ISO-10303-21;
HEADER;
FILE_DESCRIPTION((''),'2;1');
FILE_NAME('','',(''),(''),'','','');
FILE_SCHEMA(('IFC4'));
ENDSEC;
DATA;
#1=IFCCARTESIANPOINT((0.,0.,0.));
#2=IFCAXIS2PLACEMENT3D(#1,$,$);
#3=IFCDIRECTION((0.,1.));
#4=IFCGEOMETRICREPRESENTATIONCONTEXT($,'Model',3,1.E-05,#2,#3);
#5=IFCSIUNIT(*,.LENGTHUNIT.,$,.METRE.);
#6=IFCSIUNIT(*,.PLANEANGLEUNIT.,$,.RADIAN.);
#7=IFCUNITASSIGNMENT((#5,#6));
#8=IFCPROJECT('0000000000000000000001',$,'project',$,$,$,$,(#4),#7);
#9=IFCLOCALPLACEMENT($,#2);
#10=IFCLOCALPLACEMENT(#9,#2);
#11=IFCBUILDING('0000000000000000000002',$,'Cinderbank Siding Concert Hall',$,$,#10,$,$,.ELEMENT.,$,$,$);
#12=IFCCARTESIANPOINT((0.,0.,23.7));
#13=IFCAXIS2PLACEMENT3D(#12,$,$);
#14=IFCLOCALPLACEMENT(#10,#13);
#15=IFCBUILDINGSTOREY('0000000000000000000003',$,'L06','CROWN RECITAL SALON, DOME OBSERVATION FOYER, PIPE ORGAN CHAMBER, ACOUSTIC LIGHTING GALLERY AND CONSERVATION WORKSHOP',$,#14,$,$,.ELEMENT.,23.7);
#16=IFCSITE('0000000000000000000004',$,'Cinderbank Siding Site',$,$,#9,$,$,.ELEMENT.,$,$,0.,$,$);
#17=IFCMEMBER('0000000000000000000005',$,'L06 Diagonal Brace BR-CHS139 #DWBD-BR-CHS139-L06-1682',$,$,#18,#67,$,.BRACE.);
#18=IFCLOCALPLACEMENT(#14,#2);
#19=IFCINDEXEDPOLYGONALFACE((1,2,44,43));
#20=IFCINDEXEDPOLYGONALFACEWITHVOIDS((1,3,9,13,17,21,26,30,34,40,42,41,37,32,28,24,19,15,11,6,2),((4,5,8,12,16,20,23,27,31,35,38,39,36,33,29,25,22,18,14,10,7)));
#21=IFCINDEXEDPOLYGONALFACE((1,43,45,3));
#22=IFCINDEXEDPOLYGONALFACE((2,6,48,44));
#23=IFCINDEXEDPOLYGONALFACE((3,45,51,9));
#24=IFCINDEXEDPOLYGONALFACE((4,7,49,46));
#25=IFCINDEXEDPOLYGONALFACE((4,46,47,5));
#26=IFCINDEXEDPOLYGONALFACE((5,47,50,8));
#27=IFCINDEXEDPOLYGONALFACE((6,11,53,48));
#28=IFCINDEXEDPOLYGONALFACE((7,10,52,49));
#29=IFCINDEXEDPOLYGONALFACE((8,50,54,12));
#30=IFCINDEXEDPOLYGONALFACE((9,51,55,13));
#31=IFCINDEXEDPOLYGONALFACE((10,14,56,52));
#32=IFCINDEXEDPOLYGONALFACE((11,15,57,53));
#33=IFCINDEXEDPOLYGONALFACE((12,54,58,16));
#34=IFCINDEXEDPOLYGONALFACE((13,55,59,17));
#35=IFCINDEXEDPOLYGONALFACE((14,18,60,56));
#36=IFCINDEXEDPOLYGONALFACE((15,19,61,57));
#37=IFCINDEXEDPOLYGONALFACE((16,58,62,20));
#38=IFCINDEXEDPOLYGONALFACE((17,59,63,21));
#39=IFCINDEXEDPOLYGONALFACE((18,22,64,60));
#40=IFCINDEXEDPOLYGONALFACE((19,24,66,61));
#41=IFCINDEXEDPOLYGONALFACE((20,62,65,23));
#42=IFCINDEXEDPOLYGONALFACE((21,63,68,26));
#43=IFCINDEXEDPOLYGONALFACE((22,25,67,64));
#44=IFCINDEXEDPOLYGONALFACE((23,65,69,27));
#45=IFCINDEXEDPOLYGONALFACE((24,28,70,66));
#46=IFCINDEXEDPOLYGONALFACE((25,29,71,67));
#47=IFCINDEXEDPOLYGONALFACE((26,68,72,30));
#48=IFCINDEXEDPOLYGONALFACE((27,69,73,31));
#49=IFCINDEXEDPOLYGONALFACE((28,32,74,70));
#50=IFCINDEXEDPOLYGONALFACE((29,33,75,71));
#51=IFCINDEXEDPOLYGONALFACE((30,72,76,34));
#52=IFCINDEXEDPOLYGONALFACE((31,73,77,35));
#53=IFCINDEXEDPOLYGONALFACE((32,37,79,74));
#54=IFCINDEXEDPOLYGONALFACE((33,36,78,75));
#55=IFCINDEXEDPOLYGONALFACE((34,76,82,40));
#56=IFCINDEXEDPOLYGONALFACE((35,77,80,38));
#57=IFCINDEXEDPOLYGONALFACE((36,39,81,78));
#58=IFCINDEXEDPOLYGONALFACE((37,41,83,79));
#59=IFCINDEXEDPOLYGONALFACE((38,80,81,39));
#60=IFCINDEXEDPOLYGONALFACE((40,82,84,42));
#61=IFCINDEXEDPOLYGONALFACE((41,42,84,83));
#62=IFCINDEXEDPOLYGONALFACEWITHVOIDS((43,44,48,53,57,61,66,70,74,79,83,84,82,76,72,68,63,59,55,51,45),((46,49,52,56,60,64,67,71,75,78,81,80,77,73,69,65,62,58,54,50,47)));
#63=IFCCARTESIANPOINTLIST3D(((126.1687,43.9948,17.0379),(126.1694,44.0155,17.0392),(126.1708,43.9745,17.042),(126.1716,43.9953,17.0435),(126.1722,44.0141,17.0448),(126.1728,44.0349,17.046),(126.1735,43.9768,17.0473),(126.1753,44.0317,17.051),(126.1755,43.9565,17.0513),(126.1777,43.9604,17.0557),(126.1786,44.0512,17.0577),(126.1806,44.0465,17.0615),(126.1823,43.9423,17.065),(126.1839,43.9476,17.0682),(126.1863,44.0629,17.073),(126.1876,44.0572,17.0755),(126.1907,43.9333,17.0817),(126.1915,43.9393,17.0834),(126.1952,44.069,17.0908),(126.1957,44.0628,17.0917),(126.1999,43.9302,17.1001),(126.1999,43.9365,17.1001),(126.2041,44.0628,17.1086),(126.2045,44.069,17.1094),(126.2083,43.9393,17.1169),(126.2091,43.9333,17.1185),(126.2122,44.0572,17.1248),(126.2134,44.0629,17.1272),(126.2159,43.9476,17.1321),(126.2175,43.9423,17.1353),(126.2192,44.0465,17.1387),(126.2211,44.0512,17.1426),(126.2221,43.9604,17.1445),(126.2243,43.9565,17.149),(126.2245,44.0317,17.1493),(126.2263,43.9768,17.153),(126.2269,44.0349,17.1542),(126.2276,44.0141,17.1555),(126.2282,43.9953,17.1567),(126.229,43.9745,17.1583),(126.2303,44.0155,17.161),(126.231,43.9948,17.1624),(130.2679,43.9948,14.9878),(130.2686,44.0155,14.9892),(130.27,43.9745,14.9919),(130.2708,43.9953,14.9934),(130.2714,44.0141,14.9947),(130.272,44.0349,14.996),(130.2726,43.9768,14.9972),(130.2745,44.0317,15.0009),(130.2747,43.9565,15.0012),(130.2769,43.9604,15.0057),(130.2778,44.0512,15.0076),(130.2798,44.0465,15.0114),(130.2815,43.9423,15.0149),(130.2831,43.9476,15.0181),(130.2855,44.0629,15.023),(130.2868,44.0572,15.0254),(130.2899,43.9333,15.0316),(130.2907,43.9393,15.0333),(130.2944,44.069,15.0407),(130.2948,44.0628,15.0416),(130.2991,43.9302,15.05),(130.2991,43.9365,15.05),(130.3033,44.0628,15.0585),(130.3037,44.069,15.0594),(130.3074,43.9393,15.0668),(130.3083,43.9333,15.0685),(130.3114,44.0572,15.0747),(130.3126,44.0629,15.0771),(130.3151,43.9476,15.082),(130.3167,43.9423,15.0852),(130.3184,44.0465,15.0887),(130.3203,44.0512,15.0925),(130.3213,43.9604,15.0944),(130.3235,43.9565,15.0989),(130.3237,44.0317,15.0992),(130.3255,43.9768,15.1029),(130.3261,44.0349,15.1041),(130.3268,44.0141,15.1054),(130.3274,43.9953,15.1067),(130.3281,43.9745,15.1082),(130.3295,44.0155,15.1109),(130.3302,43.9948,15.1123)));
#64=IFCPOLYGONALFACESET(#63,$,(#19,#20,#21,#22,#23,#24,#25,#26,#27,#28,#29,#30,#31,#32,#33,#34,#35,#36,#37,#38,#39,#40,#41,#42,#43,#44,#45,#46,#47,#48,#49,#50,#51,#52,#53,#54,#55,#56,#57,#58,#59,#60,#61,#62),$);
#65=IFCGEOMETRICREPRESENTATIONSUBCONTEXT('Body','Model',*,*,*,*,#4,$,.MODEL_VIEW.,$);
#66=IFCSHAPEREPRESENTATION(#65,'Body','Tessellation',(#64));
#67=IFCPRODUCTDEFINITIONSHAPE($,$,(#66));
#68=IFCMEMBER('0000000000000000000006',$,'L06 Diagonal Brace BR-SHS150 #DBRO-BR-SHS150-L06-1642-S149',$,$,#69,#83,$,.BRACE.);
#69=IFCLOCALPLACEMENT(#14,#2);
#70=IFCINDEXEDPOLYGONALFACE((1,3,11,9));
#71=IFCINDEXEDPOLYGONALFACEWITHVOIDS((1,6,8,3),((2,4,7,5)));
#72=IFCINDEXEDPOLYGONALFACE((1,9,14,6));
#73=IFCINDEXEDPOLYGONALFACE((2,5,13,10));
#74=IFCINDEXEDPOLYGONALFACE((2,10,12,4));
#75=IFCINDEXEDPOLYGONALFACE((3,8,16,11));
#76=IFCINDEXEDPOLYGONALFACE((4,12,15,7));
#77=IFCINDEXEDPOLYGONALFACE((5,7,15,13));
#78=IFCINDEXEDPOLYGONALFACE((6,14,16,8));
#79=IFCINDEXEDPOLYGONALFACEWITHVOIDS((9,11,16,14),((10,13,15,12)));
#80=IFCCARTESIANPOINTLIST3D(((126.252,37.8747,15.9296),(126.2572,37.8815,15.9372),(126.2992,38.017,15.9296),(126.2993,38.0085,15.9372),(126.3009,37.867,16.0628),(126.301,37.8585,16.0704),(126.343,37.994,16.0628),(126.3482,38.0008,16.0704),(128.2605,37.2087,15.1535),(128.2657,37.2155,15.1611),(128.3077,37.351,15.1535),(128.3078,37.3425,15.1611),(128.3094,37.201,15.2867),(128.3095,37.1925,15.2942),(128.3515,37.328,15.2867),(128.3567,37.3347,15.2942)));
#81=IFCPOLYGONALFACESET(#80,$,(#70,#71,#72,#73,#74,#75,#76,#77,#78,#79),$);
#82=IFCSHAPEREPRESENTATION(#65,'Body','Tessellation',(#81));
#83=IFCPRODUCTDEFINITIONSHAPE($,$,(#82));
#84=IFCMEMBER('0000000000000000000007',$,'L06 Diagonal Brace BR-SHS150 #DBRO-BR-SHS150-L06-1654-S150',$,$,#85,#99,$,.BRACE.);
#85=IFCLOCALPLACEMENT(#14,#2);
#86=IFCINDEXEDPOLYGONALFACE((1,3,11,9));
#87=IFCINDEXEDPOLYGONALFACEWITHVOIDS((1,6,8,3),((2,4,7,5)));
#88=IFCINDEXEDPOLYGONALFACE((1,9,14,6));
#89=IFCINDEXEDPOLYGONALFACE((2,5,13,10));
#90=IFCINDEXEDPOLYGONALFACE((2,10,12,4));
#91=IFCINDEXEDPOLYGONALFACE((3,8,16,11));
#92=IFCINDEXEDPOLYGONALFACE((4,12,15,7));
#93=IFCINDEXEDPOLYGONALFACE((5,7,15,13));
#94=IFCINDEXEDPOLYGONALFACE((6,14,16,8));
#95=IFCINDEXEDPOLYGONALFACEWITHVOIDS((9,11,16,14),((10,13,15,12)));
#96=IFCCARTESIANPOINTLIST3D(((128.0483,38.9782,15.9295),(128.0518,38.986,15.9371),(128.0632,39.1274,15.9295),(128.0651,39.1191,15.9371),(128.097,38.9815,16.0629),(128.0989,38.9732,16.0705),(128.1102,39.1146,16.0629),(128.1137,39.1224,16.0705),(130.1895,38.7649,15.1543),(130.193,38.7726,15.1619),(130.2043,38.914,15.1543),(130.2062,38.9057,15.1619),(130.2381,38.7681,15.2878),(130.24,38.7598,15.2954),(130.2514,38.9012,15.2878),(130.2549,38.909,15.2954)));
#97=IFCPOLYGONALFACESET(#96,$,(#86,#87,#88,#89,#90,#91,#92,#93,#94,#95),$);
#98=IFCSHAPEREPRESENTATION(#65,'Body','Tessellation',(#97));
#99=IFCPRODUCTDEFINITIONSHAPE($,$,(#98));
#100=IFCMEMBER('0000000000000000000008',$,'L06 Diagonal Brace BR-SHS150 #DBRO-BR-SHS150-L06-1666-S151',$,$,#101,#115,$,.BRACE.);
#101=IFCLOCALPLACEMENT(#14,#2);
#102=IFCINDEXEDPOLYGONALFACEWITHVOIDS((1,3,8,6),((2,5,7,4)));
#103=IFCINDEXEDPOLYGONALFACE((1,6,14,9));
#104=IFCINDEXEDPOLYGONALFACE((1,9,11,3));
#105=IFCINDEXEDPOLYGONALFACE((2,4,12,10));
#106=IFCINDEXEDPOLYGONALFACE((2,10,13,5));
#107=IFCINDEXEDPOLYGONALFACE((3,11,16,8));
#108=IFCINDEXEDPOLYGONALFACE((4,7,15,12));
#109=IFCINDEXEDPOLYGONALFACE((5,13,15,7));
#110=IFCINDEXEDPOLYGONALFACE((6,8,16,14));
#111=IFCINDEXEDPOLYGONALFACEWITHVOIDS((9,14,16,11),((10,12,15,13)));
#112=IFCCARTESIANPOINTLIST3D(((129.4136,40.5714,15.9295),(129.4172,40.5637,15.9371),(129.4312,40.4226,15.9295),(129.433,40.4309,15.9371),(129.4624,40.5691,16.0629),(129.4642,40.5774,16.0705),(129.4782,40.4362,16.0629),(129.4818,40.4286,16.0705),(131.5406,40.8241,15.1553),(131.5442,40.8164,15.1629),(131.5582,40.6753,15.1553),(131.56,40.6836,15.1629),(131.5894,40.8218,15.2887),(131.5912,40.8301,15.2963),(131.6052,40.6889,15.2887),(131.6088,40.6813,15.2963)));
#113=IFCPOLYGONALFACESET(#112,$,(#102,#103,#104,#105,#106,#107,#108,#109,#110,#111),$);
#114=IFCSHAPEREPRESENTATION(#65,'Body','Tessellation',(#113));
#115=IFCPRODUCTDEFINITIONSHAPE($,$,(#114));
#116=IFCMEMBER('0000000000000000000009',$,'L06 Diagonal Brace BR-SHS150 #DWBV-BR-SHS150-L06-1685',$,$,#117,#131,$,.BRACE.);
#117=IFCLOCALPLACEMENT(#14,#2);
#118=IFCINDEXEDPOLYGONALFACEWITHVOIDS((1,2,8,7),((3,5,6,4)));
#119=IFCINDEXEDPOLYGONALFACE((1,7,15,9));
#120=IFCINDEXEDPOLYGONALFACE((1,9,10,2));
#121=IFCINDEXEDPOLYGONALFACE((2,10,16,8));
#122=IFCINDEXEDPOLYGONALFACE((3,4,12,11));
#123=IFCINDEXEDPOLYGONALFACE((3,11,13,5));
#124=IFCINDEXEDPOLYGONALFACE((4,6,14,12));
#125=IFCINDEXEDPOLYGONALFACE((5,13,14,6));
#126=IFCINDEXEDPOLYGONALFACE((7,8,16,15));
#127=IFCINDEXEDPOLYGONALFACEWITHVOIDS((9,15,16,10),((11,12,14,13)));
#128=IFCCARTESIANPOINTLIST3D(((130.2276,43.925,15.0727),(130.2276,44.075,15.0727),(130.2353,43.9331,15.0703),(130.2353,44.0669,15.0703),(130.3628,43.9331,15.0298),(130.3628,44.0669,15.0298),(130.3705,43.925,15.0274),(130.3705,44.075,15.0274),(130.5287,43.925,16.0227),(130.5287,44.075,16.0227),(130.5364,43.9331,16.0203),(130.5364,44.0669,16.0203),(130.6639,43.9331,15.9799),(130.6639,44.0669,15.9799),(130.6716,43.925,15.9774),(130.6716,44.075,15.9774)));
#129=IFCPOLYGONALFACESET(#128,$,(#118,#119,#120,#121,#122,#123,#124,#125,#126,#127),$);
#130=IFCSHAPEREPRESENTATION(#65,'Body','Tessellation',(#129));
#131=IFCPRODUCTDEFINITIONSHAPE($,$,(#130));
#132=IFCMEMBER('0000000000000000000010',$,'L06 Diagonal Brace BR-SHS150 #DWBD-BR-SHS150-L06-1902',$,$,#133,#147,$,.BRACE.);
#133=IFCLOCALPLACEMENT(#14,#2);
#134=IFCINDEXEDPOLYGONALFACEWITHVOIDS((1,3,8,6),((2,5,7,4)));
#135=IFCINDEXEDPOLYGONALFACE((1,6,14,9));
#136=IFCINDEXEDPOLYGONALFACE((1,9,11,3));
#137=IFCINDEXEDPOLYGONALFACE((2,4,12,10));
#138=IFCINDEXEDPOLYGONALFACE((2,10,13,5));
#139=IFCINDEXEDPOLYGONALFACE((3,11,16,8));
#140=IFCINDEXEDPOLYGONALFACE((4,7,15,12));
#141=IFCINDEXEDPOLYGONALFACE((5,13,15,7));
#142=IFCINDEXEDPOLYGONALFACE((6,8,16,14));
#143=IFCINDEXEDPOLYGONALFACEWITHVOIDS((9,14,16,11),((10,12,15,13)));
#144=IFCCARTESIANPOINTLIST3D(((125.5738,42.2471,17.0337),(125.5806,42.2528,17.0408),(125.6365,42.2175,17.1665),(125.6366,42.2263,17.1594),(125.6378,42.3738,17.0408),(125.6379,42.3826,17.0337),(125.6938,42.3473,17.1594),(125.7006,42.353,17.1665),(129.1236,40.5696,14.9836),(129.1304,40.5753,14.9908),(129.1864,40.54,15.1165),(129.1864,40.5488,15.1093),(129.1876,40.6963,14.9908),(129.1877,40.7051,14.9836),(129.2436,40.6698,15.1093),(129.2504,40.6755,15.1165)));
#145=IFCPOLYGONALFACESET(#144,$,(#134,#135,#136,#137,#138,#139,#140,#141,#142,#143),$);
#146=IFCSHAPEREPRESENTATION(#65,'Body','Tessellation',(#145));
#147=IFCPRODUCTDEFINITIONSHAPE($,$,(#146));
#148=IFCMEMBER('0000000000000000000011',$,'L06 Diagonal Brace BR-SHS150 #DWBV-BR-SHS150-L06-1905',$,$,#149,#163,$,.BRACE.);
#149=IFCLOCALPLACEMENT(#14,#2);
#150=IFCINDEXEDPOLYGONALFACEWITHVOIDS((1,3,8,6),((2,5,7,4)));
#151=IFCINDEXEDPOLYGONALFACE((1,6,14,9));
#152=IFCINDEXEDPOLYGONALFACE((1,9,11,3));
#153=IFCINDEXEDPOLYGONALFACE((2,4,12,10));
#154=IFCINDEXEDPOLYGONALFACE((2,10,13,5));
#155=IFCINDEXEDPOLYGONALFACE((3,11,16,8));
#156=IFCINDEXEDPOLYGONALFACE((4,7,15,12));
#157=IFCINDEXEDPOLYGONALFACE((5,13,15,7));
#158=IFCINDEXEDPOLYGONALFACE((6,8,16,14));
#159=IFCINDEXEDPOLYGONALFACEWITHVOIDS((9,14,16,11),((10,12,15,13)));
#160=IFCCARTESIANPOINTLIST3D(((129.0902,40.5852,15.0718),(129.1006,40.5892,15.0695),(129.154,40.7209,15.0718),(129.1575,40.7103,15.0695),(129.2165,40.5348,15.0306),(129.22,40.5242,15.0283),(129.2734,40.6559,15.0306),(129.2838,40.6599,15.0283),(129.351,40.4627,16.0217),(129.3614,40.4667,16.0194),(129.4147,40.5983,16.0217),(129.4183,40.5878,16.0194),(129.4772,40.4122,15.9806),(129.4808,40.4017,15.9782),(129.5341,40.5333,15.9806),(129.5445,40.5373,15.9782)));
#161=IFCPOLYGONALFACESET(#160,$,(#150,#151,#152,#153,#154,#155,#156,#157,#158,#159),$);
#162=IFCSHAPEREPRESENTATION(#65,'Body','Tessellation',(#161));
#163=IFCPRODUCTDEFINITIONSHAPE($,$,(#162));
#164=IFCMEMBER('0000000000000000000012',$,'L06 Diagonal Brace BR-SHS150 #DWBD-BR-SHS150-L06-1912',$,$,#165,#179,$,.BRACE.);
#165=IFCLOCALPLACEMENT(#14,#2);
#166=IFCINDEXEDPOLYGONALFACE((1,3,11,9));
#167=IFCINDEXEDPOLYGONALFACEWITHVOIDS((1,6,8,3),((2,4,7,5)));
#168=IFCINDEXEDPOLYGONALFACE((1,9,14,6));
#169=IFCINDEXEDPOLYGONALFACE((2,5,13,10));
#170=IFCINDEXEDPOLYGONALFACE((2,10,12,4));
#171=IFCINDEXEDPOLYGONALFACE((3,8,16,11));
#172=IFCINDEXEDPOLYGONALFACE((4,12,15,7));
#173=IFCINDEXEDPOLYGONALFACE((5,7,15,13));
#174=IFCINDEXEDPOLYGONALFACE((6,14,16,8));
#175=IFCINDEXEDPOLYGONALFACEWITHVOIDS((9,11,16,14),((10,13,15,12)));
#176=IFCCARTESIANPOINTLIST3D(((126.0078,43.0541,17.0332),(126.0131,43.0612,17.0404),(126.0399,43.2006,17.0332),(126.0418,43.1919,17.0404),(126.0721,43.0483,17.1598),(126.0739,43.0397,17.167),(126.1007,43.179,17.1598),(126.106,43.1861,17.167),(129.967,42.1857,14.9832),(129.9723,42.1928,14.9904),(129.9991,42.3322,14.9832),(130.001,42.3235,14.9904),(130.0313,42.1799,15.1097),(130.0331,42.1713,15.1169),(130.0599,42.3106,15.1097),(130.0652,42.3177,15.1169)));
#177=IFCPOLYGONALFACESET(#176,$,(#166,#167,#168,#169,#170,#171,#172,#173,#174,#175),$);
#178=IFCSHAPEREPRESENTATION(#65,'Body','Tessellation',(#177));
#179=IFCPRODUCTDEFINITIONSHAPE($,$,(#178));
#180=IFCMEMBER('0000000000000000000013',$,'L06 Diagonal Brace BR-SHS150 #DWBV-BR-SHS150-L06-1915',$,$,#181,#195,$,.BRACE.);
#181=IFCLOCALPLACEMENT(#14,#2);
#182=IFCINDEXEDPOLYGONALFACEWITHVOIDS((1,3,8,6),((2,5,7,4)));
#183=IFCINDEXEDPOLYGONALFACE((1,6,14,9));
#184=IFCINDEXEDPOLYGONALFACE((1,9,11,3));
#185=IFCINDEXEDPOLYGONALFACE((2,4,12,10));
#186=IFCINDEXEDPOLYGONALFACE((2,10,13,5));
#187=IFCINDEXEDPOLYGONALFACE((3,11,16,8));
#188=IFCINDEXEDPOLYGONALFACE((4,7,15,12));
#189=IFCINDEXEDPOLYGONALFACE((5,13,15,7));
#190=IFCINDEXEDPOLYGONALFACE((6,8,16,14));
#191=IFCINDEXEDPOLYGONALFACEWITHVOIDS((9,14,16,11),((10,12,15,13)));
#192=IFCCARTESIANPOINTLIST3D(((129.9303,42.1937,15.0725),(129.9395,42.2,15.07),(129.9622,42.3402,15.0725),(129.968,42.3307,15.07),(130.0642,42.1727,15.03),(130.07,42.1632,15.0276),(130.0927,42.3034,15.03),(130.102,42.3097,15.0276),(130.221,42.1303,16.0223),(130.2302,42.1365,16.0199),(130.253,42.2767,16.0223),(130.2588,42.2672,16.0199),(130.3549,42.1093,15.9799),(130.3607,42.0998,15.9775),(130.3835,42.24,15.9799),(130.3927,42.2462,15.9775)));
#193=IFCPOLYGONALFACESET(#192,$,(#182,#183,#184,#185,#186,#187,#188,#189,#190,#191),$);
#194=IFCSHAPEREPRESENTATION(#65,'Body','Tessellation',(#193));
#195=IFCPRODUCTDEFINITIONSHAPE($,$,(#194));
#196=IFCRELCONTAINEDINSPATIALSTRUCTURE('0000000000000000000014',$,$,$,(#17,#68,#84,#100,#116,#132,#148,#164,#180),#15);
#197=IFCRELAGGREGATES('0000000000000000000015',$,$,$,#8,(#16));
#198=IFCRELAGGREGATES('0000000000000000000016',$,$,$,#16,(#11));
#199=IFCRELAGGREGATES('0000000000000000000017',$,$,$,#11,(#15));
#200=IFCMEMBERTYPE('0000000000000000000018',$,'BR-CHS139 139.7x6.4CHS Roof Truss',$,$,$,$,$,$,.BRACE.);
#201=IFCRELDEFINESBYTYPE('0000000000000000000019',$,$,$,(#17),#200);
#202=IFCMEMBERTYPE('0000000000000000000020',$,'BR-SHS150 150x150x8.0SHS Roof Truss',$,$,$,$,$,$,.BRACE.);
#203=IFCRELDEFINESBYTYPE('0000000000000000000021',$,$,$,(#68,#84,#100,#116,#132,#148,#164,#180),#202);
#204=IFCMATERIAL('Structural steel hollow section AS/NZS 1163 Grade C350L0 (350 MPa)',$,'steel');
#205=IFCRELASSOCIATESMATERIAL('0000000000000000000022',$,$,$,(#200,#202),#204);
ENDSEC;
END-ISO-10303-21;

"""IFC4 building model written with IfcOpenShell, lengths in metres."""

from ifc_helpers import new_model, si_unit, direction, frame, origin, origin_2d, place, context, subcontext, project, spatial, hollow_rectangle, hollow_circle, extrude, material, material_profile, profile_set, type_object, element, save


model = new_model("IFC4")

# Units and contexts
model_context = context("Model", 3, precision=1e-05, world=origin(), true_north=direction((0.0, 1.0)))
body_context = subcontext(model_context, "Body", "Model", "MODEL_VIEW")
ifc_project = project(units=[si_unit("LENGTHUNIT", "METRE"), si_unit("PLANEANGLEUNIT", "RADIAN")], contexts=[model_context])

# Site, building, storey
site_placement = place(None, origin())
site = spatial("IfcSite", under=ifc_project, at=site_placement, Name="Cinderbank Siding Site", CompositionType="ELEMENT", RefElevation=0.0)
building_placement = place(site_placement, origin())
building = spatial("IfcBuilding", under=site, at=building_placement, Name="Cinderbank Siding Concert Hall", CompositionType="ELEMENT")
storey_placement = place(building_placement, frame((0.0, 0.0, 23.7)))
storey = spatial("IfcBuildingStorey", under=building, at=storey_placement, Name="L06", Description="CROWN RECITAL SALON, DOME OBSERVATION FOYER, PIPE ORGAN CHAMBER, ACOUSTIC LIGHTING GALLERY AND CONSERVATION WORKSHOP", CompositionType="ELEMENT", Elevation=23.7)

# Members
ifc_material_1 = material(Name="Structural steel hollow section AS/NZS 1163 Grade C350L0 (350 MPa)", Category="steel")
ifc_material_profile_1 = material_profile(ifc_material_1, hollow_circle(Radius=0.0698, WallThickness=0.0063, at=origin_2d()), Name="139.7x6.4CHS", Category="LoadBearing")
ifc_profile_set_1 = profile_set([ifc_material_profile_1], Name="Structural steel hollow section AS/NZS 1163 Grade C350L0 (350 MPa)")
member_type_1 = type_object("IfcMemberType", Name="BR-CHS139 139.7x6.4CHS Roof Truss", PredefinedType="BRACE", material=ifc_profile_set_1)
member_1_placement = place(storey_placement, frame((130.2991, 44.0, 15.05), z_axis=(-0.894385, 0.0, 0.447299), x_axis=(0.0, -1.0, 0.0)))
element("IfcMember", 1, at=member_1_placement, inside=storey, type_object=member_type_1, Name="L06 Diagonal Brace BR-CHS139 #DWBD-BR-CHS139-L06-1682", PredefinedType="BRACE", context=body_context, shape_type="SweptSolid", body=[
    extrude(hollow_circle(Radius=0.0698, WallThickness=0.0063, at=origin_2d()), origin(), (0.0, 0.0, 1.0), 4.5833),
])
ifc_material_profile_2 = material_profile(ifc_material_1, hollow_rectangle(XDim=0.1499, YDim=0.1499, WallThickness=0.0081, at=origin_2d()), Name="150x150x8.0SHS", Category="LoadBearing")
ifc_profile_set_2 = profile_set([ifc_material_profile_2], Name="Structural steel hollow section AS/NZS 1163 Grade C350L0 (350 MPa)")
member_type_2 = type_object("IfcMemberType", Name="BR-SHS150 150x150x8.0SHS Roof Truss", PredefinedType="BRACE", material=ifc_profile_set_2)
member_2_placement = place(storey_placement, frame((128.3086, 37.2717, 15.2239), z_axis=(-0.89113, 0.295491, 0.344342), x_axis=(-0.314739, -0.949178, 0.0)))
element("IfcMember", 2, at=member_2_placement, inside=storey, type_object=member_type_2, Name="L06 Diagonal Brace BR-SHS150 #DBRO-BR-SHS150-L06-1642-S149", PredefinedType="BRACE", context=body_context, shape_type="SweptSolid", body=[
    extrude(hollow_rectangle(XDim=0.1499, YDim=0.1499, WallThickness=0.0081, at=origin_2d()), origin(), (0.0, 0.0, 1.0), 2.2539),
])
member_3_placement = place(storey_placement, frame((130.2222, 38.8369, 15.2249), z_axis=(-0.936176, 0.093297, 0.338924), x_axis=(-0.099167, -0.995071, 0.0)))
element("IfcMember", 3, at=member_3_placement, inside=storey, type_object=member_type_2, Name="L06 Diagonal Brace BR-SHS150 #DBRO-BR-SHS150-L06-1654-S150", PredefinedType="BRACE", context=body_context, shape_type="SweptSolid", body=[
    extrude(hollow_rectangle(XDim=0.1499, YDim=0.1499, WallThickness=0.0081, at=origin_2d()), origin(), (0.0, 0.0, 1.0), 2.2871),
])
member_4_placement = place(storey_placement, frame((131.5747, 40.7527, 15.2258), z_axis=(-0.933888, -0.110947, 0.339917), x_axis=(0.117972, -0.993017, 0.0)))
element("IfcMember", 4, at=member_4_placement, inside=storey, type_object=member_type_2, Name="L06 Diagonal Brace BR-SHS150 #DBRO-BR-SHS150-L06-1666-S151", PredefinedType="BRACE", context=body_context, shape_type="SweptSolid", body=[
    extrude(hollow_rectangle(XDim=0.1499, YDim=0.1499, WallThickness=0.0081, at=origin_2d()), origin(), (0.0, 0.0, 1.0), 2.2776),
])
member_5_placement = place(storey_placement, frame((130.2991, 44.0, 15.05), z_axis=(0.302081, 0.0, 0.953282), x_axis=(0.0, 1.0, 0.0)))
element("IfcMember", 5, at=member_5_placement, inside=storey, type_object=member_type_2, Name="L06 Diagonal Brace BR-SHS150 #DWBV-BR-SHS150-L06-1685", PredefinedType="BRACE", context=body_context, shape_type="SweptSolid", body=[
    extrude(hollow_rectangle(XDim=0.1499, YDim=0.1499, WallThickness=0.0081, at=origin_2d()), origin(), (0.0, 0.0, 1.0), 0.9966),
])
member_6_placement = place(storey_placement, frame((129.187, 40.6226, 15.05), z_axis=(-0.801456, 0.378735, 0.462849), x_axis=(-0.427255, -0.904131, 0.0)))
element("IfcMember", 6, at=member_6_placement, inside=storey, type_object=member_type_2, Name="L06 Diagonal Brace BR-SHS150 #DWBD-BR-SHS150-L06-1902", PredefinedType="BRACE", context=body_context, shape_type="SweptSolid", body=[
    extrude(hollow_rectangle(XDim=0.1499, YDim=0.1499, WallThickness=0.0081, at=origin_2d()), origin(), (0.0, 0.0, 1.0), 4.4292),
])
member_7_placement = place(storey_placement, frame((129.187, 40.6226, 15.05), z_axis=(0.262665, -0.123462, 0.956956), x_axis=(0.425389, 0.905011, 0.0)))
element("IfcMember", 7, at=member_7_placement, inside=storey, type_object=member_type_2, Name="L06 Diagonal Brace BR-SHS150 #DWBV-BR-SHS150-L06-1905", PredefinedType="BRACE", context=body_context, shape_type="SweptSolid", body=[
    extrude(hollow_rectangle(XDim=0.1499, YDim=0.1499, WallThickness=0.0081, at=origin_2d()), origin(), (0.0, 0.0, 1.0), 0.9927),
])
member_8_placement = place(storey_placement, frame((130.0161, 42.2517, 15.05), z_axis=(-0.871639, 0.191183, 0.451326), x_axis=(-0.214245, -0.97678, 0.0)))
element("IfcMember", 8, at=member_8_placement, inside=storey, type_object=member_type_2, Name="L06 Diagonal Brace BR-SHS150 #DWBD-BR-SHS150-L06-1912", PredefinedType="BRACE", context=body_context, shape_type="SweptSolid", body=[
    extrude(hollow_rectangle(XDim=0.1499, YDim=0.1499, WallThickness=0.0081, at=origin_2d()), origin(), (0.0, 0.0, 1.0), 4.5422),
])
member_9_placement = place(storey_placement, frame((130.0161, 42.2517, 15.05), z_axis=(0.292091, -0.063765, 0.954262), x_axis=(0.213281, 0.976991, 0.0)))
element("IfcMember", 9, at=member_9_placement, inside=storey, type_object=member_type_2, Name="L06 Diagonal Brace BR-SHS150 #DWBV-BR-SHS150-L06-1915", PredefinedType="BRACE", context=body_context, shape_type="SweptSolid", body=[
    extrude(hollow_rectangle(XDim=0.1499, YDim=0.1499, WallThickness=0.0081, at=origin_2d()), origin(), (0.0, 0.0, 1.0), 0.9954),
])

save(model, "model.ifc")
